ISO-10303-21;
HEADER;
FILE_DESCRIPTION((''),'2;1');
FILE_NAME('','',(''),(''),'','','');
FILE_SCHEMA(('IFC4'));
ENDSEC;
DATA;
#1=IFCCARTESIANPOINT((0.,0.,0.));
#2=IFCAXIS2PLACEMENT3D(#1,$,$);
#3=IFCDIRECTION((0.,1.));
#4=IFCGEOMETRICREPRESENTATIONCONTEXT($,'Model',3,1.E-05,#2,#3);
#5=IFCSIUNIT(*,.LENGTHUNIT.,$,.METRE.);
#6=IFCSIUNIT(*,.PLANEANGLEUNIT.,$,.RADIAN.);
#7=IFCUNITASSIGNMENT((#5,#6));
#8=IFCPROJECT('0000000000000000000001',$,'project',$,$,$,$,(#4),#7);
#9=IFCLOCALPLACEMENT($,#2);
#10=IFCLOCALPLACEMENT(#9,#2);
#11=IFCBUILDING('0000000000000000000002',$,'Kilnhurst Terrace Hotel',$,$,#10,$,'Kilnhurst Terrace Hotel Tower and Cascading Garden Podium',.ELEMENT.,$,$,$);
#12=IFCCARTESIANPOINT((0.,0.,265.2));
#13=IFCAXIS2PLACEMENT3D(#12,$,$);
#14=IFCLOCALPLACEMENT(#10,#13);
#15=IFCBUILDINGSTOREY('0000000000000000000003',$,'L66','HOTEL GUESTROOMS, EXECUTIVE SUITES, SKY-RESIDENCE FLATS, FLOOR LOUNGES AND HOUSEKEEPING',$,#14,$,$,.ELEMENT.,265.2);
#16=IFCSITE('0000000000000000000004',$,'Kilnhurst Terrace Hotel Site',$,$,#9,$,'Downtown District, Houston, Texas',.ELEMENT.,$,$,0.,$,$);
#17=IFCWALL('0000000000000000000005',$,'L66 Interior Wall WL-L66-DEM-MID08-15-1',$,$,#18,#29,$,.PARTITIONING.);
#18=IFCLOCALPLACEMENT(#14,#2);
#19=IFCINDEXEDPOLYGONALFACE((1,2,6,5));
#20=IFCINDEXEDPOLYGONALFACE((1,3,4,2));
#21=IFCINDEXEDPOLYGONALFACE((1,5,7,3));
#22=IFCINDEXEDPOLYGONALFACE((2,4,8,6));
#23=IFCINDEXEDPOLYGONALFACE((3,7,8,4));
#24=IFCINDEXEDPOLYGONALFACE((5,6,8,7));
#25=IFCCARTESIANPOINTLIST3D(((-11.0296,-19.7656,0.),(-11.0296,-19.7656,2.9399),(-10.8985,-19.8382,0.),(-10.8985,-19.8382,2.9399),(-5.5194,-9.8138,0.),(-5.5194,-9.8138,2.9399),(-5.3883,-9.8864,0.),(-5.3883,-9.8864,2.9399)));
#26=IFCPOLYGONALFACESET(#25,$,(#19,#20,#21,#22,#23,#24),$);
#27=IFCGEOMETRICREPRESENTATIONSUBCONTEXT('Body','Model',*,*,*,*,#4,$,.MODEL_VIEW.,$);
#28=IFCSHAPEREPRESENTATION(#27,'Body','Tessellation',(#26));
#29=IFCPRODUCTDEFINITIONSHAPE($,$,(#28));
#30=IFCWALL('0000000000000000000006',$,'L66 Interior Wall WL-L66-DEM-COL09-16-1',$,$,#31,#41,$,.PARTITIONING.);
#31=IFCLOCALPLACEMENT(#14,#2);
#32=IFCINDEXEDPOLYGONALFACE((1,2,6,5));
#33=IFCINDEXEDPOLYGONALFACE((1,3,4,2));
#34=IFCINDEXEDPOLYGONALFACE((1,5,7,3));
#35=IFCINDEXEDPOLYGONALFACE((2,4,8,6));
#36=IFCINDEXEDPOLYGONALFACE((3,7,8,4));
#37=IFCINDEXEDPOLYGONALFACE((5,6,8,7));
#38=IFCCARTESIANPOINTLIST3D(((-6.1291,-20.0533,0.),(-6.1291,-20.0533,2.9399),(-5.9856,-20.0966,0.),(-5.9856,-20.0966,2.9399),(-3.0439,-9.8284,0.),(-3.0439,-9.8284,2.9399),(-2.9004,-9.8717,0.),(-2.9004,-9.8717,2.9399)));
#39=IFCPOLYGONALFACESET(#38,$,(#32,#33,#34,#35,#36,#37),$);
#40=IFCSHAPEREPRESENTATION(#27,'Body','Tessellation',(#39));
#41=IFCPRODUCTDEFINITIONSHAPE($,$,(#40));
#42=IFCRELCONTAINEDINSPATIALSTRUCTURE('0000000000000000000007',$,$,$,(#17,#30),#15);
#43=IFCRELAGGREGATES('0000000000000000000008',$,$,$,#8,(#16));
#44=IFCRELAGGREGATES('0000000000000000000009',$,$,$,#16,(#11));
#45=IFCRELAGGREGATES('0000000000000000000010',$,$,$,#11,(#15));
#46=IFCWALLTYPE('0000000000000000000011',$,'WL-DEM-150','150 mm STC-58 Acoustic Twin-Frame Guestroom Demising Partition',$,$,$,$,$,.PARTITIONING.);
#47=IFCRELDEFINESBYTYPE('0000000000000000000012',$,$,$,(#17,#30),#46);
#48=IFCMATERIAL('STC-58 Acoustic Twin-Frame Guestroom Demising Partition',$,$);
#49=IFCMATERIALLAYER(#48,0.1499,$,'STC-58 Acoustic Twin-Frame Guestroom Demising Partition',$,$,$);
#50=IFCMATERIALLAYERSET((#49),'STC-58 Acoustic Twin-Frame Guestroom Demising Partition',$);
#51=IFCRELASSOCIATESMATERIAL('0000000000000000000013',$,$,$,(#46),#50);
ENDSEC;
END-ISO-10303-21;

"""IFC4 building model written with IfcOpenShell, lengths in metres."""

from ifc_helpers import new_model, si_unit, direction, frame, frame_2d, origin, place, context, subcontext, project, spatial, rectangle, extrude, material, layer, layer_set, type_object, element, save


model = new_model("IFC4")

# Units and contexts
model_context = context("Model", 3, precision=1e-05, world=origin(), true_north=direction((0.0, 1.0)))
body_context = subcontext(model_context, "Body", "Model", "MODEL_VIEW")
ifc_project = project(units=[si_unit("LENGTHUNIT", "METRE"), si_unit("PLANEANGLEUNIT", "RADIAN")], contexts=[model_context])

# Site, building, storey
site_placement = place(None, origin())
site = spatial("IfcSite", under=ifc_project, at=site_placement, Name="Kilnhurst Terrace Hotel Site", LongName="Downtown District, Houston, Texas", CompositionType="ELEMENT", RefElevation=0.0)
building_placement = place(site_placement, origin())
building = spatial("IfcBuilding", under=site, at=building_placement, Name="Kilnhurst Terrace Hotel", LongName="Kilnhurst Terrace Hotel Tower and Cascading Garden Podium", CompositionType="ELEMENT")
storey_placement = place(building_placement, frame((0.0, 0.0, 265.2)))
storey = spatial("IfcBuildingStorey", under=building, at=storey_placement, Name="L66", Description="HOTEL GUESTROOMS, EXECUTIVE SUITES, SKY-RESIDENCE FLATS, FLOOR LOUNGES AND HOUSEKEEPING", CompositionType="ELEMENT", Elevation=265.2)

# Walls
ifc_material_1 = material(Name="STC-58 Acoustic Twin-Frame Guestroom Demising Partition")
ifc_layer_1 = layer(ifc_material_1, 0.1499, Name="STC-58 Acoustic Twin-Frame Guestroom Demising Partition")
ifc_layer_set_1 = layer_set([ifc_layer_1], Name="STC-58 Acoustic Twin-Frame Guestroom Demising Partition")
wall_type_1 = type_object("IfcWallType", Name="WL-DEM-150", Description="150 mm STC-58 Acoustic Twin-Frame Guestroom Demising Partition", PredefinedType="PARTITIONING", material=ifc_layer_set_1)
wall_1_placement = place(storey_placement, frame((-5.4539, -9.8501, 0.0), z_axis=(0.0, 0.0, 1.0), x_axis=(-0.484394, -0.87485, 0.0)))
element("IfcWall", 1, at=wall_1_placement, inside=storey, type_object=wall_type_1, Name="L66 Interior Wall WL-L66-DEM-MID08-15-1", PredefinedType="PARTITIONING", context=body_context, shape_type="SweptSolid", body=[
    extrude(rectangle(XDim=11.3755, YDim=0.1499, at=frame_2d((5.6877, 0.0))), origin(), (0.0, 0.0, 1.0), 2.9399),
])
wall_2_placement = place(storey_placement, frame((-2.9722, -9.8501, 0.0), z_axis=(0.0, 0.0, 1.0), x_axis=(-0.288872, -0.957368, 0.0)))
element("IfcWall", 2, at=wall_2_placement, inside=storey, type_object=wall_type_1, Name="L66 Interior Wall WL-L66-DEM-COL09-16-1", PredefinedType="PARTITIONING", context=body_context, shape_type="SweptSolid", body=[
    extrude(rectangle(XDim=10.6802, YDim=0.1499, at=frame_2d((5.3401, 0.0))), origin(), (0.0, 0.0, 1.0), 2.9399),
])

save(model, "model.ifc")
